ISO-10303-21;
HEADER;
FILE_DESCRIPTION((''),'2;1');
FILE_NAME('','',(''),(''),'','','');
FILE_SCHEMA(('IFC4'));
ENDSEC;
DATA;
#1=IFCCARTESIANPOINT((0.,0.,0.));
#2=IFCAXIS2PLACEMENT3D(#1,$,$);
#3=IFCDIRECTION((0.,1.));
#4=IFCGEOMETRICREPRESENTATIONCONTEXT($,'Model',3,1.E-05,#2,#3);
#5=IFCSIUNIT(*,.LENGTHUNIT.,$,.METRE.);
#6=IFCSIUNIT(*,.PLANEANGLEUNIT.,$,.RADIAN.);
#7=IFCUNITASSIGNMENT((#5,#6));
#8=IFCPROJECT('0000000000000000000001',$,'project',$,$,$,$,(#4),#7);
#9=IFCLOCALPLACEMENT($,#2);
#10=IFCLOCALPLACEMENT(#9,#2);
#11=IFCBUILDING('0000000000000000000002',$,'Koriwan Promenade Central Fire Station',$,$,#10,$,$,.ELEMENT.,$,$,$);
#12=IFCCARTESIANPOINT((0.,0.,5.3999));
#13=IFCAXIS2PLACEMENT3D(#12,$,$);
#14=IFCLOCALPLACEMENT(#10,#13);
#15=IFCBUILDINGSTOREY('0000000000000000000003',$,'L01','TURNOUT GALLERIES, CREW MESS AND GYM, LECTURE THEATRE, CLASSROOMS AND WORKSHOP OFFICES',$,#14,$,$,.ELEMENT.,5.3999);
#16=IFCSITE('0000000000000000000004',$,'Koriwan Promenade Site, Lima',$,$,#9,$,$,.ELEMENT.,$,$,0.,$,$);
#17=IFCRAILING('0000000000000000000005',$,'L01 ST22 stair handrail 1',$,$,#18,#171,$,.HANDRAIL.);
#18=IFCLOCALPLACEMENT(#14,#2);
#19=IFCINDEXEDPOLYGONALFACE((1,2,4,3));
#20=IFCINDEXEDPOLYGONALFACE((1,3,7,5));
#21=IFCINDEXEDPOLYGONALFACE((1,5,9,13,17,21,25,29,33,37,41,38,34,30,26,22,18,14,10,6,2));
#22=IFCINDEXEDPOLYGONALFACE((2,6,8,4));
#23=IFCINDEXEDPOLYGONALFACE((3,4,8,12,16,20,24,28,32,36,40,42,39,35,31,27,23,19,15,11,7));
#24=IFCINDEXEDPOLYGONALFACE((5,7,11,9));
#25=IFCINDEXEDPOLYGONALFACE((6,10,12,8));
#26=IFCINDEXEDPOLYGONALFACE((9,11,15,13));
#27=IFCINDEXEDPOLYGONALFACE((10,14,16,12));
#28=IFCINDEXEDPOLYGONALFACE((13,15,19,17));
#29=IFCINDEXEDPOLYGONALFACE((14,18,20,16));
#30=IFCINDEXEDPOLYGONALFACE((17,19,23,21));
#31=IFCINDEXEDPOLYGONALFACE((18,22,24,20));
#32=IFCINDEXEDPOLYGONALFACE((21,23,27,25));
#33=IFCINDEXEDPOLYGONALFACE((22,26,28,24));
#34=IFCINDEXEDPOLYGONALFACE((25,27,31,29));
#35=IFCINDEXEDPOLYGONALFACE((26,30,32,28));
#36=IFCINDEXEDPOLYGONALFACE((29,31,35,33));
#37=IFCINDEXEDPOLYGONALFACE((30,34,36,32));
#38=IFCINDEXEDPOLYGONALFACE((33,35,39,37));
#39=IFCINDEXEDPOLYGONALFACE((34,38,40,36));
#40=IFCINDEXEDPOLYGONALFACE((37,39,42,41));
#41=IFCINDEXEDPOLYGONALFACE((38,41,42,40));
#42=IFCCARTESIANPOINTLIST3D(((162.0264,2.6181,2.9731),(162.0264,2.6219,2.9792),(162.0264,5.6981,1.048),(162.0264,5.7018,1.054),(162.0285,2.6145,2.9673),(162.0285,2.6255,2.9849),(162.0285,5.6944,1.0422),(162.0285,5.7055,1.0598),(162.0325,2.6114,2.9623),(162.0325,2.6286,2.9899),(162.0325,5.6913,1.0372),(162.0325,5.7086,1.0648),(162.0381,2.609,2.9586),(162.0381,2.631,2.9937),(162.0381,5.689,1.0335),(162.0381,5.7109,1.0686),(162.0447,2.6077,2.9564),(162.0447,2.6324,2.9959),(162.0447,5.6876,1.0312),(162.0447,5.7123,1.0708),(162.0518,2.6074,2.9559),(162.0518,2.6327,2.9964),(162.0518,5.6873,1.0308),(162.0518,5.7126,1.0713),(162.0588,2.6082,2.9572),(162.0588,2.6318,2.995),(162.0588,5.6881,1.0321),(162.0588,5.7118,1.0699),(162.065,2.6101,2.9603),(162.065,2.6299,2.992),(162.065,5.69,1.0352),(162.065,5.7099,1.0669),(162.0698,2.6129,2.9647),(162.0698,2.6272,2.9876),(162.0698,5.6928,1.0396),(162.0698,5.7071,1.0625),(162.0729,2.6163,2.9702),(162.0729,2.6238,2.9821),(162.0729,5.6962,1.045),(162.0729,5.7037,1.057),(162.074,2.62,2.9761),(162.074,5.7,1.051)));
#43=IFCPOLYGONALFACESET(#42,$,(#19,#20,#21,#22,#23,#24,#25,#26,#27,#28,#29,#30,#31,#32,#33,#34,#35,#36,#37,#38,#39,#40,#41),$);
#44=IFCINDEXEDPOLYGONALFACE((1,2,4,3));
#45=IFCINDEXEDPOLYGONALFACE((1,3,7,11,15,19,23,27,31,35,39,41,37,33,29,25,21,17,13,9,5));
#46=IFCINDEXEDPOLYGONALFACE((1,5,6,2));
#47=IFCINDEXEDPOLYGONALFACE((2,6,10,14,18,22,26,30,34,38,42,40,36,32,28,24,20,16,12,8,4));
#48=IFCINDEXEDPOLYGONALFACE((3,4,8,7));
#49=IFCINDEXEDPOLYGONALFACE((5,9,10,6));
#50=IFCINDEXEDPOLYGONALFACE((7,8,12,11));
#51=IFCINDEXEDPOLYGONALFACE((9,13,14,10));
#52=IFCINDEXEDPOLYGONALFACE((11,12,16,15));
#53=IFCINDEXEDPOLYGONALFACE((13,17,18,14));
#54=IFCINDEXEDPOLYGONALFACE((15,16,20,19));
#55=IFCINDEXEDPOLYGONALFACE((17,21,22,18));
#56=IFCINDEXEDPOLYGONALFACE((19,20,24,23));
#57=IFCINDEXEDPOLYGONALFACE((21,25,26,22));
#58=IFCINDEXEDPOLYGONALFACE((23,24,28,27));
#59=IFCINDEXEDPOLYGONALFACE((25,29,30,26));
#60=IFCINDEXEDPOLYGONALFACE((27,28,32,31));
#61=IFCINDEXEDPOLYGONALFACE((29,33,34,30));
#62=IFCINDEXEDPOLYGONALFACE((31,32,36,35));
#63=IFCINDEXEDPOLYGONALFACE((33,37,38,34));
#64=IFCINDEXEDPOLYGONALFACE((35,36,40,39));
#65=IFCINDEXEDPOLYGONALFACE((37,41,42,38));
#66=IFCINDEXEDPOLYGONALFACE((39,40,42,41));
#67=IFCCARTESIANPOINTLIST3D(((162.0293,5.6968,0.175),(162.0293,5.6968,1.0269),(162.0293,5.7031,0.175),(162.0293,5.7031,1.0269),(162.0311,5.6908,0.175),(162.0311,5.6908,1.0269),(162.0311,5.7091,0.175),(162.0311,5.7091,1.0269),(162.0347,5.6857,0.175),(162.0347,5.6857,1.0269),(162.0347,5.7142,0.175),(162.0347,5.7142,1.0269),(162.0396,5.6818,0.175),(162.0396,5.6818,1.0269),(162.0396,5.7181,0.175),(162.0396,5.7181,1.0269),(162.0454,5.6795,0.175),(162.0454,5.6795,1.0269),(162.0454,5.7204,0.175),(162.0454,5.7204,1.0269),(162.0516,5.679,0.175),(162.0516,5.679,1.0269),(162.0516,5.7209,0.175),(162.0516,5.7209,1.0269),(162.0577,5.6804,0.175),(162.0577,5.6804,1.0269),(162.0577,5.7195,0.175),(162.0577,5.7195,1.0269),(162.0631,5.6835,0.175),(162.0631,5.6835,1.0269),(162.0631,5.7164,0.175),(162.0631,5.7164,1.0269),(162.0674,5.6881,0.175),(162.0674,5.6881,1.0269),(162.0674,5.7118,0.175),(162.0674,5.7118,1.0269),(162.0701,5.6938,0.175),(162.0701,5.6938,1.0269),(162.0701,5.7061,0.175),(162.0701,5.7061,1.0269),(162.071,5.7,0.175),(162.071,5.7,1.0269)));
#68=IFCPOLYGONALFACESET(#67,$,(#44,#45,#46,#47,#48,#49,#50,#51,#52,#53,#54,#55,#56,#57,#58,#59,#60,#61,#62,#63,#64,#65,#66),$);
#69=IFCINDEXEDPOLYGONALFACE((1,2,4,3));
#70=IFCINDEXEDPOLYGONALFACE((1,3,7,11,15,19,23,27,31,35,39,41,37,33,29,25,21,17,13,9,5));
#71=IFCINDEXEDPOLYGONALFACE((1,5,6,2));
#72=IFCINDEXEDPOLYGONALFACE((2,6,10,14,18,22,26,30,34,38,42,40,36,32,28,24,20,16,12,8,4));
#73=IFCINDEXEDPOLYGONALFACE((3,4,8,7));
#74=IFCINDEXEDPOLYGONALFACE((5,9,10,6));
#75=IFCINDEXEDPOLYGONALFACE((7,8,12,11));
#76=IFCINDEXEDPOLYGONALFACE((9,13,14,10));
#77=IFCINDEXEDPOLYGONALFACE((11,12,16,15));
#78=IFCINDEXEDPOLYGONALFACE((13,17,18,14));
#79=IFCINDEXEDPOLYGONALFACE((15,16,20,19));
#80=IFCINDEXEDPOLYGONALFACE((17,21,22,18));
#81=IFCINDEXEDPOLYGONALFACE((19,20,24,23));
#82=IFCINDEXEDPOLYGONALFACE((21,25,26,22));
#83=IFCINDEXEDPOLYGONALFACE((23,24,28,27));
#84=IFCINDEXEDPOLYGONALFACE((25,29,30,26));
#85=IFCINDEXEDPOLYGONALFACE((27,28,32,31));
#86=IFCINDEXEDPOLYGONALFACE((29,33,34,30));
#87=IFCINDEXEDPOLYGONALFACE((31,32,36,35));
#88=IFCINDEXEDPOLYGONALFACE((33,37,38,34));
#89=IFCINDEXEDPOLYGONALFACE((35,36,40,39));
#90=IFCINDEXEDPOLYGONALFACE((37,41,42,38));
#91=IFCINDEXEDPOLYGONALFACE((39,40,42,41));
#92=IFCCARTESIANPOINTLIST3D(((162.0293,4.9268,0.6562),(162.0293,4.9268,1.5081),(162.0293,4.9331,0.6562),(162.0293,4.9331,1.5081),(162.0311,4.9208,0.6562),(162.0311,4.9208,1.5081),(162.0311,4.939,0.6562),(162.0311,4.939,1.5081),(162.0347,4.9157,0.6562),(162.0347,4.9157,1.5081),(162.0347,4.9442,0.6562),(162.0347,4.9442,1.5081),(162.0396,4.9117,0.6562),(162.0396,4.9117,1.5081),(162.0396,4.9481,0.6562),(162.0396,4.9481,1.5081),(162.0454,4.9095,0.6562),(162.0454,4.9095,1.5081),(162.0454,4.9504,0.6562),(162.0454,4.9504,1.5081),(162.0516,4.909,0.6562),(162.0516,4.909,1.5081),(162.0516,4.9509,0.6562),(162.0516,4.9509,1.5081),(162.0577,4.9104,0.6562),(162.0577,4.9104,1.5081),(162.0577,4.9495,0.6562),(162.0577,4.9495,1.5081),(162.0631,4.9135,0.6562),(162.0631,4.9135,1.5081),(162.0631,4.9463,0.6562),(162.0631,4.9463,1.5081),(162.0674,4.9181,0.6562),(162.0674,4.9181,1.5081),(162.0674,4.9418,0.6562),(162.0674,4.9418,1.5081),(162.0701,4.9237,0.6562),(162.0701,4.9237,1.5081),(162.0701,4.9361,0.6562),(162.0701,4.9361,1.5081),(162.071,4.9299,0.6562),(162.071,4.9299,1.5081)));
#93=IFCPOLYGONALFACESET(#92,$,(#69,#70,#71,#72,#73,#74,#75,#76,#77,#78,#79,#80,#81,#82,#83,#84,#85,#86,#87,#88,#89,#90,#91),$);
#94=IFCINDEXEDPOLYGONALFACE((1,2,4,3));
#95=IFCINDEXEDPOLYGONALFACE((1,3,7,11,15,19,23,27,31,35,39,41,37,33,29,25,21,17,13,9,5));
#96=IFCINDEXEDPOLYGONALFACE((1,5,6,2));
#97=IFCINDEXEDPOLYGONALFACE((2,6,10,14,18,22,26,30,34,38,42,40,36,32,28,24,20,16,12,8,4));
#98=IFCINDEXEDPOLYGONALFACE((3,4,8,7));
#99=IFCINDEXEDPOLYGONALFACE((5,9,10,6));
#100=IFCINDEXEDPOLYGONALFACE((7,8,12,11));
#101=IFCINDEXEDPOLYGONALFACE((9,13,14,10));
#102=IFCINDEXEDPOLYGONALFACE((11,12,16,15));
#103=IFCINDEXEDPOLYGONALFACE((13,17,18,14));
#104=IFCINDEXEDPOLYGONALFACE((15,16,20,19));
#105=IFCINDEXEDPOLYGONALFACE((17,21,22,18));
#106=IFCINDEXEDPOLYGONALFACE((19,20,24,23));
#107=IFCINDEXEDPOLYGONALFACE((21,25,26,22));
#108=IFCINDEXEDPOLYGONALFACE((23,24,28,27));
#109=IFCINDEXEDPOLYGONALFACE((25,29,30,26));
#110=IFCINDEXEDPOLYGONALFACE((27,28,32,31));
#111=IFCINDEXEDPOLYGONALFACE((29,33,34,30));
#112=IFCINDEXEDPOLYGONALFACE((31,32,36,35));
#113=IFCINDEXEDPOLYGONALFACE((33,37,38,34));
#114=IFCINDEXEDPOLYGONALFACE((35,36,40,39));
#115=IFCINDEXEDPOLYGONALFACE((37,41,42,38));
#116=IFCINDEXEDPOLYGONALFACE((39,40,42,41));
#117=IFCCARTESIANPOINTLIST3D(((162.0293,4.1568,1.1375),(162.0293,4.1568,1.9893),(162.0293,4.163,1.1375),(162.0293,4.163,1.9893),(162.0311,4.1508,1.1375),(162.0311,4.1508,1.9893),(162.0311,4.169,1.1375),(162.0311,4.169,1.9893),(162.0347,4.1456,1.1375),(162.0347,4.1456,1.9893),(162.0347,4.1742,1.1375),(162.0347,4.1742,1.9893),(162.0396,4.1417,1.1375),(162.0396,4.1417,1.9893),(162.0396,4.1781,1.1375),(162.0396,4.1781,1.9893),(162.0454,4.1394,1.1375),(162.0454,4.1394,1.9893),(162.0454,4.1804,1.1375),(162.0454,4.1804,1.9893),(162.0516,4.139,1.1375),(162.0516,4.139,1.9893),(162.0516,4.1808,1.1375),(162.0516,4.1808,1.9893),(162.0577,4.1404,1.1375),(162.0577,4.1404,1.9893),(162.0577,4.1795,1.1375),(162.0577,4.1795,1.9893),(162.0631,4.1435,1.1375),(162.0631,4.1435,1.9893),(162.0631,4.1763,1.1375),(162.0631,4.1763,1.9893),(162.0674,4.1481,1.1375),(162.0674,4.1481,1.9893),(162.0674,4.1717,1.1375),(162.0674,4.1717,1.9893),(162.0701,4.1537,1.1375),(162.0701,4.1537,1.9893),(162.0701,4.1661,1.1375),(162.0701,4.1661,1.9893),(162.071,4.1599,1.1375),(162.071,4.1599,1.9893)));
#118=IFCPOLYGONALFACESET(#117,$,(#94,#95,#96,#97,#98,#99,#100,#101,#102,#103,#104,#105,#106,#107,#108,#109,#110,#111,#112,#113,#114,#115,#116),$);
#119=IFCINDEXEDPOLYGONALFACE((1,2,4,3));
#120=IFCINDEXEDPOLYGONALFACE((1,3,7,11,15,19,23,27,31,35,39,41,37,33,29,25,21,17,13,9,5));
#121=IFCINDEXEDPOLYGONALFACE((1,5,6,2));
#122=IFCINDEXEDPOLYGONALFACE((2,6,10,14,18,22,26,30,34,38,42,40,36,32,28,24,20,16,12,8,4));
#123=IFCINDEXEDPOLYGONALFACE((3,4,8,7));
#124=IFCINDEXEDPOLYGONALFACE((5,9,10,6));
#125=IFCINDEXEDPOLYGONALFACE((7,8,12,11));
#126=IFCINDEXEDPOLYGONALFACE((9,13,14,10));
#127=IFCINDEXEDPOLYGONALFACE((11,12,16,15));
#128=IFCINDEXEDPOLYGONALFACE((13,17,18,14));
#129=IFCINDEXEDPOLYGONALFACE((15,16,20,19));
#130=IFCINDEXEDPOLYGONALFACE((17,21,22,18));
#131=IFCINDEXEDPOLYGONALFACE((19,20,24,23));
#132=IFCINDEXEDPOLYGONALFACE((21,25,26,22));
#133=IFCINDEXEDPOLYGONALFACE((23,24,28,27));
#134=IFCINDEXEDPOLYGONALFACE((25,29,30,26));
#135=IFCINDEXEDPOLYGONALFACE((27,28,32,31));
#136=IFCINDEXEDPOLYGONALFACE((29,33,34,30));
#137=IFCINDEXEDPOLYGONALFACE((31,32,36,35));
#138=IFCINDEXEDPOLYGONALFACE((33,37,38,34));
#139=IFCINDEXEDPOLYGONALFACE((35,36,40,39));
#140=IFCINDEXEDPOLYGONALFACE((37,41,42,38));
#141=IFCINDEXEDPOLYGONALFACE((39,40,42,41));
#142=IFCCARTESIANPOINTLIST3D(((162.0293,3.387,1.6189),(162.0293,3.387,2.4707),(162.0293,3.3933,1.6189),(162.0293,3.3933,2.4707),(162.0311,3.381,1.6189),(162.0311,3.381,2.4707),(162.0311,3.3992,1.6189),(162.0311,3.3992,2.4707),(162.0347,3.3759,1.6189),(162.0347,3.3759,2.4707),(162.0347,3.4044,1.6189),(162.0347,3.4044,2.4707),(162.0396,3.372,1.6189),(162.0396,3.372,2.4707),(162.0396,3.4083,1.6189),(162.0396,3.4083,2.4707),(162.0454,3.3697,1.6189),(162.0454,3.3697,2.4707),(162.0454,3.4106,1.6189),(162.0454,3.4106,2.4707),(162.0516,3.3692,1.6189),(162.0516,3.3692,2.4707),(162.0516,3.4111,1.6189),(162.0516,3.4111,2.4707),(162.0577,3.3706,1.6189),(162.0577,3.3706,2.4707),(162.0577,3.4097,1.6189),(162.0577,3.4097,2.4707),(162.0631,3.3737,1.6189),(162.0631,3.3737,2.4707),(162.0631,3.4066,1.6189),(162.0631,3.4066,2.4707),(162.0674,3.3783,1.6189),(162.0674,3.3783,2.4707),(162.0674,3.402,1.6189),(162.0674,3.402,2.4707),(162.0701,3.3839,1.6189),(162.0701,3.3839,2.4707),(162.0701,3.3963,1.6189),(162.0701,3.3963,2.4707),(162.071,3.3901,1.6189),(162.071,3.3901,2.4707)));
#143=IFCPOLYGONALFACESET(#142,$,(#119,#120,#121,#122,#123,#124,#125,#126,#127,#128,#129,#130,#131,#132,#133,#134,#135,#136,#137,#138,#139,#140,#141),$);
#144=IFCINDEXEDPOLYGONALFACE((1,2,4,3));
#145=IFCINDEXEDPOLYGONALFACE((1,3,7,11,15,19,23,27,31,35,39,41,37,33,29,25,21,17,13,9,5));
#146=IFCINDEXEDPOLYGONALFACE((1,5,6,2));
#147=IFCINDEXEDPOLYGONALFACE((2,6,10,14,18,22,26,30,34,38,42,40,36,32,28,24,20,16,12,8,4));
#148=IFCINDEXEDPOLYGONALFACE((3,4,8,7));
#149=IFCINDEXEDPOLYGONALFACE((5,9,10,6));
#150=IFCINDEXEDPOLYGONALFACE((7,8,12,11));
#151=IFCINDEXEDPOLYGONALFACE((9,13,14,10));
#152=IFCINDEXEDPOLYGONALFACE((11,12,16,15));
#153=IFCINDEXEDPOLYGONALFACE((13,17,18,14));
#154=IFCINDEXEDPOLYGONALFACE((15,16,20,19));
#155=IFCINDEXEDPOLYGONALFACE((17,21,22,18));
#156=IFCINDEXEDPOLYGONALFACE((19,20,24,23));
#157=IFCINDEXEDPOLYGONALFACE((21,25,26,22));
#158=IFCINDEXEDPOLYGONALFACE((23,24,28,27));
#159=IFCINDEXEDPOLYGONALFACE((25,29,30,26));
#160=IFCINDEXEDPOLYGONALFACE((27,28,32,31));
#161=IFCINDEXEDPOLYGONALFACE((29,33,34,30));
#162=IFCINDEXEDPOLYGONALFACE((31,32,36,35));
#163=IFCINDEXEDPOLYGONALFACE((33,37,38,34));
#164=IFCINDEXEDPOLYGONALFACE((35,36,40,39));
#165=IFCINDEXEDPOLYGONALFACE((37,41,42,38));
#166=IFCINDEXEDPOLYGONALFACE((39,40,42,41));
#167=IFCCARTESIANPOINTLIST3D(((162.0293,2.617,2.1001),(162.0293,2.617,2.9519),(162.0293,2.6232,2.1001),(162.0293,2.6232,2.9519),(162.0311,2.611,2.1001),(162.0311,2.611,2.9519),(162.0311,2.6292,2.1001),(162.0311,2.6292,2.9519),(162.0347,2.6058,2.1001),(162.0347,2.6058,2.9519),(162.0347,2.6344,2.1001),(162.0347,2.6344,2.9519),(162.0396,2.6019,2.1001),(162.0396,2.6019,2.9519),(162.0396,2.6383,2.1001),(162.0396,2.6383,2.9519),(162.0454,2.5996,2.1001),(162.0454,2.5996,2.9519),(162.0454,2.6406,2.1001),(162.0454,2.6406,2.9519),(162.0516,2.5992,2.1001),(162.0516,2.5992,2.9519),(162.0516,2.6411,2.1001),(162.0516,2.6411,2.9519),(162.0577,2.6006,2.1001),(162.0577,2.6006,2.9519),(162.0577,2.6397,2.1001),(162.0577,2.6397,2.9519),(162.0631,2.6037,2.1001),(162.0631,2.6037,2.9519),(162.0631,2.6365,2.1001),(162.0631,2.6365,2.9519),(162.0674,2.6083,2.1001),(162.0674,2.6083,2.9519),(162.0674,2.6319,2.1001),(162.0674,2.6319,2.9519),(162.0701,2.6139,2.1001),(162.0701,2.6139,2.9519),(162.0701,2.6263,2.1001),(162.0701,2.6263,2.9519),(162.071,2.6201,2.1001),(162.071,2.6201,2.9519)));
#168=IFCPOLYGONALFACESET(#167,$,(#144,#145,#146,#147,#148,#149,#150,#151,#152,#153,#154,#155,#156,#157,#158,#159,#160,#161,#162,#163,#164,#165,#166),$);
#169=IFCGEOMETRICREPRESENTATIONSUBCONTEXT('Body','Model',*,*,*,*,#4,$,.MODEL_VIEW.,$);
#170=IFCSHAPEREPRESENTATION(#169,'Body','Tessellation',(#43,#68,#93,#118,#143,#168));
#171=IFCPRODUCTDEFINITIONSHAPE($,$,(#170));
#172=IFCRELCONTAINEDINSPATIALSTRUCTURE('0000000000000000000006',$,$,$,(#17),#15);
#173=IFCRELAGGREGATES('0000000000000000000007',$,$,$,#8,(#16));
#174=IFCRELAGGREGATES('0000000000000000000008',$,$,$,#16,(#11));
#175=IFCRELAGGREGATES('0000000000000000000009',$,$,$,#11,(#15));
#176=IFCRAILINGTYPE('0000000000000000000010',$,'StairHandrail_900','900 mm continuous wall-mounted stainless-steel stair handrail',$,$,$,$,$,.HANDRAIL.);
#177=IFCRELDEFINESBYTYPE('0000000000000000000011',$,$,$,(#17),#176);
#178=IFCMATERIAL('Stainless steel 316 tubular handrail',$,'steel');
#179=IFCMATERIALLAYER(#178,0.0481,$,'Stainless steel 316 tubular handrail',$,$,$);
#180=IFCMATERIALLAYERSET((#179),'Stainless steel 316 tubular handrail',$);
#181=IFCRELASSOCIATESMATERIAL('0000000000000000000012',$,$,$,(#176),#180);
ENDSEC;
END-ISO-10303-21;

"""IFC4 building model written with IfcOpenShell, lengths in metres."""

from ifc_helpers import new_model, si_unit, direction, frame, origin, origin_2d, place, context, subcontext, project, spatial, circle, extrude, material, layer, layer_set, type_object, element, save


model = new_model("IFC4")

# Units and contexts
model_context = context("Model", 3, precision=1e-05, world=origin(), true_north=direction((0.0, 1.0)))
body_context = subcontext(model_context, "Body", "Model", "MODEL_VIEW")
ifc_project = project(units=[si_unit("LENGTHUNIT", "METRE"), si_unit("PLANEANGLEUNIT", "RADIAN")], contexts=[model_context])

# Site, building, storey
site_placement = place(None, origin())
site = spatial("IfcSite", under=ifc_project, at=site_placement, Name="Koriwan Promenade Site, Lima", CompositionType="ELEMENT", RefElevation=0.0)
building_placement = place(site_placement, origin())
building = spatial("IfcBuilding", under=site, at=building_placement, Name="Koriwan Promenade Central Fire Station", CompositionType="ELEMENT")
storey_placement = place(building_placement, frame((0.0, 0.0, 5.3999)))
storey = spatial("IfcBuildingStorey", under=building, at=storey_placement, Name="L01", Description="TURNOUT GALLERIES, CREW MESS AND GYM, LECTURE THEATRE, CLASSROOMS AND WORKSHOP OFFICES", CompositionType="ELEMENT", Elevation=5.3999)

# Railing
ifc_material_1 = material(Name="Stainless steel 316 tubular handrail", Category="steel")
ifc_layer_1 = layer(ifc_material_1, 0.0481, Name="Stainless steel 316 tubular handrail")
ifc_layer_set_1 = layer_set([ifc_layer_1], Name="Stainless steel 316 tubular handrail")
railing_type_1 = type_object("IfcRailingType", Name="StairHandrail_900", Description="900 mm continuous wall-mounted stainless-steel stair handrail", PredefinedType="HANDRAIL", material=ifc_layer_set_1)
railing_1_placement = place(storey_placement, frame((162.05, 5.7, 0.175)))
element("IfcRailing", 1, at=railing_1_placement, inside=storey, type_object=railing_type_1, Name="L01 ST22 stair handrail 1", PredefinedType="HANDRAIL", context=body_context, shape_type="SweptSolid", body=[
    extrude(circle(Radius=0.0239, at=origin_2d()), frame((0.0, 0.0, 0.876), z_axis=(0.0, -0.847979, 0.530029), x_axis=(1.0, 0.0, 0.0)), (0.0, 0.0, 1.0), 3.6321),
    extrude(circle(Radius=0.021, at=origin_2d()), origin(), (0.0, 0.0, 1.0), 0.8518),
    extrude(circle(Radius=0.021, at=origin_2d()), frame((0.0, -0.77, 0.4812)), (0.0, 0.0, 1.0), 0.8518),
    extrude(circle(Radius=0.021, at=origin_2d()), frame((0.0, -1.54, 0.9624)), (0.0, 0.0, 1.0), 0.8518),
    extrude(circle(Radius=0.021, at=origin_2d()), frame((0.0, -2.3098, 1.4438)), (0.0, 0.0, 1.0), 0.8518),
    extrude(circle(Radius=0.021, at=origin_2d()), frame((0.0, -3.0798, 1.925)), (0.0, 0.0, 1.0), 0.8518),
])

save(model, "model.ifc")
